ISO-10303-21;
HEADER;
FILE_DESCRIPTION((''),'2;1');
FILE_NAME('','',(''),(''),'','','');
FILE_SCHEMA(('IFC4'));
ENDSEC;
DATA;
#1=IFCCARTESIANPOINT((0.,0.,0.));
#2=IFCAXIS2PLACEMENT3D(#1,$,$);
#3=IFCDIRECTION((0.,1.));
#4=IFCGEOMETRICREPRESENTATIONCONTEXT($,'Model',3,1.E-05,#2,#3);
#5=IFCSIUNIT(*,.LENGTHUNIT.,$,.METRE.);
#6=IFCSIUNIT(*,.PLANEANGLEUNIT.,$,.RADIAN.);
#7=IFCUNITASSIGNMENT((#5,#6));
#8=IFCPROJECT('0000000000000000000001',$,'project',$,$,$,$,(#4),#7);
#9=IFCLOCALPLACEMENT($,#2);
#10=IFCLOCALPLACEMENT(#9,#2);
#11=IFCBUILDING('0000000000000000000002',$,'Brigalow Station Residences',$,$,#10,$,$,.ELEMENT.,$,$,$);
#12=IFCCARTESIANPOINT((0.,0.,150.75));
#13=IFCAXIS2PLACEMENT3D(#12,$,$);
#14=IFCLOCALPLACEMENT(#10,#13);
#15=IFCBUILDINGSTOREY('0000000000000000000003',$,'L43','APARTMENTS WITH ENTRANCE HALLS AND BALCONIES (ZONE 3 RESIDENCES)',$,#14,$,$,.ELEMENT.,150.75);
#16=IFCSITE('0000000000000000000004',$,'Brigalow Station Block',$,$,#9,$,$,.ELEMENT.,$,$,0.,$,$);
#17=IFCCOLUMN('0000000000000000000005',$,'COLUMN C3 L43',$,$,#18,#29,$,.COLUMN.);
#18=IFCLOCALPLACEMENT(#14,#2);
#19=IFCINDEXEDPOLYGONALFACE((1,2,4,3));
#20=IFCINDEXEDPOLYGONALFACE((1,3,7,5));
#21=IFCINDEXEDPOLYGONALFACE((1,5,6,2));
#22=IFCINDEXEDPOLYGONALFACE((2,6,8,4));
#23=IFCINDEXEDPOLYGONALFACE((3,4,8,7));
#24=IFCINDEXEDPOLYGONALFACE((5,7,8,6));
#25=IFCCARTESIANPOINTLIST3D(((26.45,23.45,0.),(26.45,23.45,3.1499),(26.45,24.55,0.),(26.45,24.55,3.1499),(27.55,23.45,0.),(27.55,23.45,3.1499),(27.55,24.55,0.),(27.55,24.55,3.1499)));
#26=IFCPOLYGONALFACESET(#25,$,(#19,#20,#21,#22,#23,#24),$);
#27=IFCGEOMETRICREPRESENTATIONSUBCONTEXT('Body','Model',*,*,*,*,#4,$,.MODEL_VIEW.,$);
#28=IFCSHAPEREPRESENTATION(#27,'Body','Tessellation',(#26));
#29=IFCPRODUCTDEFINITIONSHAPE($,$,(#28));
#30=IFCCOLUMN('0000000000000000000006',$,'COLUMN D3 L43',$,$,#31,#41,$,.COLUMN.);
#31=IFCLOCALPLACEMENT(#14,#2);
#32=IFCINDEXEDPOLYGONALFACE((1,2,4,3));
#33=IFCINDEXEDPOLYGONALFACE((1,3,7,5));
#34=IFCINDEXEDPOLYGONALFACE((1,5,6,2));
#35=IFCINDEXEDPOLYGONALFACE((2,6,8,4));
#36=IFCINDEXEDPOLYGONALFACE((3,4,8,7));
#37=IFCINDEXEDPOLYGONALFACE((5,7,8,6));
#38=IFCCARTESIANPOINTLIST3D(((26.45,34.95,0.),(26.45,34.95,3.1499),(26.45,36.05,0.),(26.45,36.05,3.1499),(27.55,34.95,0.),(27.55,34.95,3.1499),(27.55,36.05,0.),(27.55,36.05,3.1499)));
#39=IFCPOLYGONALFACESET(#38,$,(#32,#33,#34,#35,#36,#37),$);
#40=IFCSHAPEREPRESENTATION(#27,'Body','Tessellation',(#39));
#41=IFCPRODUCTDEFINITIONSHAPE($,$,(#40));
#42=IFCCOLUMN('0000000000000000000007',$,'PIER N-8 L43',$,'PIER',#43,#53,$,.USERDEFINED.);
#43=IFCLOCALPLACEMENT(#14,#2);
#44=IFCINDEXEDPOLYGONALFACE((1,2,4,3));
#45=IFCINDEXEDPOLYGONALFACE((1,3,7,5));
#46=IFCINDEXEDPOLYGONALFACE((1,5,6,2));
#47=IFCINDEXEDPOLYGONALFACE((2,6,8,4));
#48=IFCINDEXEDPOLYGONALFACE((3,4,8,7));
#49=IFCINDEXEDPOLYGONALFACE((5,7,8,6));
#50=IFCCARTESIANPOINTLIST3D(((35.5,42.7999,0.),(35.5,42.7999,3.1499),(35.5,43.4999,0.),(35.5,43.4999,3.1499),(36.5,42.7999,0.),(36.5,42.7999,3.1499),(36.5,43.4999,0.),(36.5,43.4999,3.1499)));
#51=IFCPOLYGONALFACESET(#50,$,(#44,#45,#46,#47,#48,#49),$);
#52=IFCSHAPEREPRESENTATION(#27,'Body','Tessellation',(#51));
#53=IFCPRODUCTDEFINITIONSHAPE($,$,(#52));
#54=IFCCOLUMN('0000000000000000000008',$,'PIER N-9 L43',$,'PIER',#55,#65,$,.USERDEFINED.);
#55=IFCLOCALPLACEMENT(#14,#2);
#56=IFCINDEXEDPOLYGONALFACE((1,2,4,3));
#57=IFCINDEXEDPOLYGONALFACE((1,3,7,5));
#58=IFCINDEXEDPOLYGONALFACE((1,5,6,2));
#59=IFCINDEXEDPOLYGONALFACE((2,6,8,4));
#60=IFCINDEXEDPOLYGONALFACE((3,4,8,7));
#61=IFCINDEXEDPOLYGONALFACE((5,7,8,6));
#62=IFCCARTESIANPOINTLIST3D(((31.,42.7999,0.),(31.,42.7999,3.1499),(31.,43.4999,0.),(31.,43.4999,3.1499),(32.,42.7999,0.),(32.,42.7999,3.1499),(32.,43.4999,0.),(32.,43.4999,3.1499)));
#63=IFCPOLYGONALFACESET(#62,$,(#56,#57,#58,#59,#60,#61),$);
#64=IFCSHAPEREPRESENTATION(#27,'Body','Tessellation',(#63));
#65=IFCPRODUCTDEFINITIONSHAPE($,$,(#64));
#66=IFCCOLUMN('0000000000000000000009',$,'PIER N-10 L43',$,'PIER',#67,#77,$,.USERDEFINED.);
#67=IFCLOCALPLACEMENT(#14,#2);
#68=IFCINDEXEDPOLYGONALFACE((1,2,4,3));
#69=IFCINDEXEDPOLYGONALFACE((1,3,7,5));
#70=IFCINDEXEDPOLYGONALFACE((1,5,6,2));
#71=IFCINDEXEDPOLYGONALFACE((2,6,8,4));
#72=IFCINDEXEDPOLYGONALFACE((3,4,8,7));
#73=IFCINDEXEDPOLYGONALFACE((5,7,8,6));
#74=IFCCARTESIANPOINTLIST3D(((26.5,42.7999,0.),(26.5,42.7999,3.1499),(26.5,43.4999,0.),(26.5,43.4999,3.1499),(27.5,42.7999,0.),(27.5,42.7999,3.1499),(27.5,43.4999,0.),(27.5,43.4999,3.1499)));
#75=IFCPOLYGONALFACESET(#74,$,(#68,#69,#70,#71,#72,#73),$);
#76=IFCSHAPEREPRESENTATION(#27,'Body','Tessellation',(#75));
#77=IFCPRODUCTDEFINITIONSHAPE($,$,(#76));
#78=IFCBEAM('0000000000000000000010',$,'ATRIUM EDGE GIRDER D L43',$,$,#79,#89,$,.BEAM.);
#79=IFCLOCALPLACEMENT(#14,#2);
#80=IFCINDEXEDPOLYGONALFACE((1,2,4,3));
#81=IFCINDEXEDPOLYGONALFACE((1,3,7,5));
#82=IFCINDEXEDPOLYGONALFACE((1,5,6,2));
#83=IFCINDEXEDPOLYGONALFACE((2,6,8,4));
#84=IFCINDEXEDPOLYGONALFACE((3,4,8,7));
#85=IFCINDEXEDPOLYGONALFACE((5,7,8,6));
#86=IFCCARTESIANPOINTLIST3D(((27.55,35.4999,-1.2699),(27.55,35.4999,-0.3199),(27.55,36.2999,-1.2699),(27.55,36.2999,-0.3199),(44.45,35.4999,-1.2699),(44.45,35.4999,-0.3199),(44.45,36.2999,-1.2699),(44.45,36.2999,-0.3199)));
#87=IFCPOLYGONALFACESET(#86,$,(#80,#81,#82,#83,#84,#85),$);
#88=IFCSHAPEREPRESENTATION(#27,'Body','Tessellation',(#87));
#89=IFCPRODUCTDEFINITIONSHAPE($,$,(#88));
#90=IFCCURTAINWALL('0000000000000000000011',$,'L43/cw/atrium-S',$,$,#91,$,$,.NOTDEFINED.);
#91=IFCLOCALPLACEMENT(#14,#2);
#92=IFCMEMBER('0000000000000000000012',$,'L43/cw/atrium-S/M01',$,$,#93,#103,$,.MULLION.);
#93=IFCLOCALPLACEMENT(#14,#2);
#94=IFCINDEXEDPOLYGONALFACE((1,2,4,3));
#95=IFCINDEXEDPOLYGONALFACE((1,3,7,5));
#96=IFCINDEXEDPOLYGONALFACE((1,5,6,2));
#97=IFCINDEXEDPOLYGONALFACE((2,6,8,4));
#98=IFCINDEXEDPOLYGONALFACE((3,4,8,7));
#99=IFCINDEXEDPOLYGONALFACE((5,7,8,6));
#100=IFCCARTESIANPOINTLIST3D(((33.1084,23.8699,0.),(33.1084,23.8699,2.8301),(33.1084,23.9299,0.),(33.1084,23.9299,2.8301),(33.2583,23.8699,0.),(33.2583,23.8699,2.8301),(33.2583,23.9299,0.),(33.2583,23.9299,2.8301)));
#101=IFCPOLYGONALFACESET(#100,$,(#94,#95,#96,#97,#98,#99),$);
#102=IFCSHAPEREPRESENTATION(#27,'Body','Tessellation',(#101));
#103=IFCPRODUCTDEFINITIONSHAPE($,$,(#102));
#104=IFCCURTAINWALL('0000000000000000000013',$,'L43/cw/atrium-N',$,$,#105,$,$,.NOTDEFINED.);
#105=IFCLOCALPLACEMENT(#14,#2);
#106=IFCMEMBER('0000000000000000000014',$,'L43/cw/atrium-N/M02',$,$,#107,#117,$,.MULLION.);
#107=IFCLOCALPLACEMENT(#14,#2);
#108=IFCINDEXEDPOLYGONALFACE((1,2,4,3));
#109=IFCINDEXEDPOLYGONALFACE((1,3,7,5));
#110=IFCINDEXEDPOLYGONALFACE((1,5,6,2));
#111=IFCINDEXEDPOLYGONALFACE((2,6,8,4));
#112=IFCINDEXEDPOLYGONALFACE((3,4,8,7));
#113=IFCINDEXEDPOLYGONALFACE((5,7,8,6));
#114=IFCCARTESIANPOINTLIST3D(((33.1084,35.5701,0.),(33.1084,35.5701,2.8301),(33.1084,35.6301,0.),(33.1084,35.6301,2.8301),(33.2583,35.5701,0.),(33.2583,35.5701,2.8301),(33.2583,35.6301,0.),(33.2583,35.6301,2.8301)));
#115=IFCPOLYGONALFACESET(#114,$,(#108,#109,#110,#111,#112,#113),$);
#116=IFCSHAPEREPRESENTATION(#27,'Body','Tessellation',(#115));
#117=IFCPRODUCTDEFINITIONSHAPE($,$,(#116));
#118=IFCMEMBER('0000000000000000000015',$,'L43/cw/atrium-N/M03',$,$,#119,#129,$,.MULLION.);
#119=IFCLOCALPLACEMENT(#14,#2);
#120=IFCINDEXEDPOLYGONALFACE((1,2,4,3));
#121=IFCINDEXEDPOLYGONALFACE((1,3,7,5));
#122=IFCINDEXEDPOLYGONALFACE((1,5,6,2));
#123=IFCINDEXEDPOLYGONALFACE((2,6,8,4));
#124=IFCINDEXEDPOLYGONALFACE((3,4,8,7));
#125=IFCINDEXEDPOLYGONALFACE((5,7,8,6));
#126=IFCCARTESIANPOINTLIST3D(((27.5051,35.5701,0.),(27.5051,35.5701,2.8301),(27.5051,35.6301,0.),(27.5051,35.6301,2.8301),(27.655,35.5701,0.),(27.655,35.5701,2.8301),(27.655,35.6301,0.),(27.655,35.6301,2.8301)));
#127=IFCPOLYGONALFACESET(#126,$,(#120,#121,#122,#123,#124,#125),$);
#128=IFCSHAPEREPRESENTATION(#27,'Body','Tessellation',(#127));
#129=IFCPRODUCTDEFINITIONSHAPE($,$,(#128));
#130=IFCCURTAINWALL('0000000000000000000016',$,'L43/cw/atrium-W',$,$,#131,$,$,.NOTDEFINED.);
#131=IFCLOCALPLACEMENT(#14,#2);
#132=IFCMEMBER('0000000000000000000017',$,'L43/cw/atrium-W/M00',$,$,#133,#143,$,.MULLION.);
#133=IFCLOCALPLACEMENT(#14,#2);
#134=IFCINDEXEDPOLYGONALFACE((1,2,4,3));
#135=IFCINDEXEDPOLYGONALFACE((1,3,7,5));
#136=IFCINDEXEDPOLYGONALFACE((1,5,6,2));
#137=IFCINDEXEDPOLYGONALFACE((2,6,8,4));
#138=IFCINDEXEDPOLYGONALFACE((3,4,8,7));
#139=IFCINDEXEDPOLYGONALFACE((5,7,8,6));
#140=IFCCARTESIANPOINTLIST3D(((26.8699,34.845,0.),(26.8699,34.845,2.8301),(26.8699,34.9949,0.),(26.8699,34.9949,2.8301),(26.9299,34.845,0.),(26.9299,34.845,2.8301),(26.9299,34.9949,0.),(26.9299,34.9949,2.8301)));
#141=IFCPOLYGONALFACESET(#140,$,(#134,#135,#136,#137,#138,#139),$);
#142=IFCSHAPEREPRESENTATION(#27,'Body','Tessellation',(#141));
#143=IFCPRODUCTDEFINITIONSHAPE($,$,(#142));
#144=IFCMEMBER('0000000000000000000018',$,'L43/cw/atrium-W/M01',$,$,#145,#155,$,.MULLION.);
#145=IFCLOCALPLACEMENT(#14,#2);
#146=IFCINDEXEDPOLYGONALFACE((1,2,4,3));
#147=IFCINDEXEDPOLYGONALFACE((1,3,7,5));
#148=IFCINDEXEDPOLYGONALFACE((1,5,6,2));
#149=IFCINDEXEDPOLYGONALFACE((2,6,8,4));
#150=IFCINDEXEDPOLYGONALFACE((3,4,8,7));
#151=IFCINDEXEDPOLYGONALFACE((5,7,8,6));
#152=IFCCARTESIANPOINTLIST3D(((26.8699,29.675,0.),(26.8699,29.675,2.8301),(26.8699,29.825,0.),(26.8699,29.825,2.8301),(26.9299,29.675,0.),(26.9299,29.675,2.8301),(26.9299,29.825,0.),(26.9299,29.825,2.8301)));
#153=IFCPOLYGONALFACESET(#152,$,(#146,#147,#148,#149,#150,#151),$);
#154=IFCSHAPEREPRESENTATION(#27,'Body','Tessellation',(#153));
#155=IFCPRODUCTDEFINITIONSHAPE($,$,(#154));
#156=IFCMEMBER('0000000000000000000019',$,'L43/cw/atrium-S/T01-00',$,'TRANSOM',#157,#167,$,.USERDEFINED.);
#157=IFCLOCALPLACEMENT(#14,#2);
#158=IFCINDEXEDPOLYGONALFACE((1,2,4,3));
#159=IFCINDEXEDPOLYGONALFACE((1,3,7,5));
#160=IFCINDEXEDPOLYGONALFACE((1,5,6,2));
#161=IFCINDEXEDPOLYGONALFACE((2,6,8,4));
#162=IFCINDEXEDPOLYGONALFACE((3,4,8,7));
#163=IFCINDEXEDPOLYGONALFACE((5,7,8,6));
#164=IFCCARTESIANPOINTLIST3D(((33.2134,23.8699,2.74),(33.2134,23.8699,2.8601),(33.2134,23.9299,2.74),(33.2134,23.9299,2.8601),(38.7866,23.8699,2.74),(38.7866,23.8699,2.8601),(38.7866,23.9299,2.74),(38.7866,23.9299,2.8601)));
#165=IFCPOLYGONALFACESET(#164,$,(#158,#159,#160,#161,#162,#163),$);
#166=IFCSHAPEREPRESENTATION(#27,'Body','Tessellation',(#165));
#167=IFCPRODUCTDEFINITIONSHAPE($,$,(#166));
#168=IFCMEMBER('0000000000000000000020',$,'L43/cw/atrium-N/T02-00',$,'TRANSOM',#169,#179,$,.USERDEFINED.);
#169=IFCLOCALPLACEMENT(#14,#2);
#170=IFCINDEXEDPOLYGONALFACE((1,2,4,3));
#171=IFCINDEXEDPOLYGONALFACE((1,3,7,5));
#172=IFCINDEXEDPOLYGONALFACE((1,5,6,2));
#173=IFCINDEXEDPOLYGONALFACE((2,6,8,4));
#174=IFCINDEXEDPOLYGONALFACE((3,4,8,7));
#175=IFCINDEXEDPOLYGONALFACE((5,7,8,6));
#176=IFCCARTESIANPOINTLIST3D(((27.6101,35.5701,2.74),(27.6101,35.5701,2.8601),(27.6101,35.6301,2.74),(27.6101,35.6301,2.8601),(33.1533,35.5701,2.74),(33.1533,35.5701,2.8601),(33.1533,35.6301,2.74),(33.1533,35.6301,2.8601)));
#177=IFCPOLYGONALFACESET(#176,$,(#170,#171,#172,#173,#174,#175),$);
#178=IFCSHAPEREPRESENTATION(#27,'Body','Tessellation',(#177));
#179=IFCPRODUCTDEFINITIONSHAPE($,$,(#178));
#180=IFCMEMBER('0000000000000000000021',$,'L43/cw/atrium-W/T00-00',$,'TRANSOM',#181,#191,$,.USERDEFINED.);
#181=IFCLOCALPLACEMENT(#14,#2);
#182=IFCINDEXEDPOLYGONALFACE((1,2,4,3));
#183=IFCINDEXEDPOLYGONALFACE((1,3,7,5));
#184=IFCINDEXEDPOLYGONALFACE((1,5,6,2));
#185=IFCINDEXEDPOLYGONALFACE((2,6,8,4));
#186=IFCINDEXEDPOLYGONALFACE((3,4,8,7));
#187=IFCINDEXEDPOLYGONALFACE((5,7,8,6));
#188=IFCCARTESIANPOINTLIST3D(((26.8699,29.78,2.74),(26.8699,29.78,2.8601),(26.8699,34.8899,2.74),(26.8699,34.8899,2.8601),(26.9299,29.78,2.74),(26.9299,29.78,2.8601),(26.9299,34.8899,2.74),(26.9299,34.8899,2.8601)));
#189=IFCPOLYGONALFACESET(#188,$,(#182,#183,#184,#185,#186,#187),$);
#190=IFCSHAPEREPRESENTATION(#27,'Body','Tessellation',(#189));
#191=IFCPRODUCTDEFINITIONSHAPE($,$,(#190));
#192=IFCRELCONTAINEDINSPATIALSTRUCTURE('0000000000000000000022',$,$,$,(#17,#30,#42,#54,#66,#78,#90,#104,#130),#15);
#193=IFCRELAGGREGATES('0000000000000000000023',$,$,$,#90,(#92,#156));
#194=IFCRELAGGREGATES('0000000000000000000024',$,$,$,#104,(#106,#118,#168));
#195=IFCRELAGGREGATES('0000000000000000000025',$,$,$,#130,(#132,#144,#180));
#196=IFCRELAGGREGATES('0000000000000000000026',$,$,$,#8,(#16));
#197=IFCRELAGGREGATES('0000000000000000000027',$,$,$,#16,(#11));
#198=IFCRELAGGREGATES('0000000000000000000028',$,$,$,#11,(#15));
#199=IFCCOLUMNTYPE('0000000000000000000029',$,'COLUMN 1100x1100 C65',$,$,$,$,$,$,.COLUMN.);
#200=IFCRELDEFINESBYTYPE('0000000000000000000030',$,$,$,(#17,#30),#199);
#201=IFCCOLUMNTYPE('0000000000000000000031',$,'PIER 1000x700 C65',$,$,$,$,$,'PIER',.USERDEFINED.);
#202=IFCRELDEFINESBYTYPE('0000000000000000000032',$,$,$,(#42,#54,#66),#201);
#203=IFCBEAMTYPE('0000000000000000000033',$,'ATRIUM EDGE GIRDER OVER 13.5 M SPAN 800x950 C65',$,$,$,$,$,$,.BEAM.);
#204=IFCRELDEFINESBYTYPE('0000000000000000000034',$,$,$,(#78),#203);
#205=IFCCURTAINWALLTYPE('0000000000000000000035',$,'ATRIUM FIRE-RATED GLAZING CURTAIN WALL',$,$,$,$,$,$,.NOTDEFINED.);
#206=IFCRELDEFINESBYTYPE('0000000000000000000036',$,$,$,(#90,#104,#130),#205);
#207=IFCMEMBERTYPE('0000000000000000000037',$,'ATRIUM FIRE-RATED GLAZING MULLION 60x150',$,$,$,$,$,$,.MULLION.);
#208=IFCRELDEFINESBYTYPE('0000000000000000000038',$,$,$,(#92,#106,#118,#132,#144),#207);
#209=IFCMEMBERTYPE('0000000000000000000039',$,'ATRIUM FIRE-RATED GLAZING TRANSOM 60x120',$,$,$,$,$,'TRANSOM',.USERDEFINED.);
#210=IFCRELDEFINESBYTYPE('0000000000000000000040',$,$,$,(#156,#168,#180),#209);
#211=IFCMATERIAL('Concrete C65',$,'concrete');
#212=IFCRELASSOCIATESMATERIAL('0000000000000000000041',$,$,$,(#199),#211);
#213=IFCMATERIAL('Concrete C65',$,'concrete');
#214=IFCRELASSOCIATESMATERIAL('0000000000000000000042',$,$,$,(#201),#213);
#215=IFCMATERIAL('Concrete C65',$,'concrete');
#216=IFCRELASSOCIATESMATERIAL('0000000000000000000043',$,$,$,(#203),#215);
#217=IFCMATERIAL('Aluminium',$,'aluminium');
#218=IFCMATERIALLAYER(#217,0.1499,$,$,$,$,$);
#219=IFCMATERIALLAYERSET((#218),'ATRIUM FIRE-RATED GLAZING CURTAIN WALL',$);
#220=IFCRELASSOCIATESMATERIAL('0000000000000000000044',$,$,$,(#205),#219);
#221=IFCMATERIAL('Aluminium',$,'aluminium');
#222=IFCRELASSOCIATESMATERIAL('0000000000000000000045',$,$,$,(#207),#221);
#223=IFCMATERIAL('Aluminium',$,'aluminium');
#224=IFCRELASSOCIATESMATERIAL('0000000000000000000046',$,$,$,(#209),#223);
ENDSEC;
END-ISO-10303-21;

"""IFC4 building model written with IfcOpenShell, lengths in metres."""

from ifc_helpers import new_model, si_unit, direction, frame, origin, origin_2d, place, context, subcontext, project, spatial, rectangle, extrude, material, layer, layer_set, material_profile, profile_set, type_object, element, aggregate, save


model = new_model("IFC4")

# Units and contexts
model_context = context("Model", 3, precision=1e-05, world=origin(), true_north=direction((0.0, 1.0)))
body_context = subcontext(model_context, "Body", "Model", "MODEL_VIEW")
ifc_project = project(units=[si_unit("LENGTHUNIT", "METRE"), si_unit("PLANEANGLEUNIT", "RADIAN")], contexts=[model_context])

# Site, building, storey
site_placement = place(None, origin())
site = spatial("IfcSite", under=ifc_project, at=site_placement, Name="Brigalow Station Block", CompositionType="ELEMENT", RefElevation=0.0)
building_placement = place(site_placement, origin())
building = spatial("IfcBuilding", under=site, at=building_placement, Name="Brigalow Station Residences", CompositionType="ELEMENT")
storey_placement = place(building_placement, frame((0.0, 0.0, 150.75)))
storey = spatial("IfcBuildingStorey", under=building, at=storey_placement, Name="L43", Description="APARTMENTS WITH ENTRANCE HALLS AND BALCONIES (ZONE 3 RESIDENCES)", CompositionType="ELEMENT", Elevation=150.75)

# Columns
ifc_material_1 = material(Name="Concrete C65", Category="concrete")
ifc_material_profile_1 = material_profile(ifc_material_1, rectangle(XDim=1.1001, YDim=1.1001, at=origin_2d()), Name="RC1100x1100")
ifc_profile_set_1 = profile_set([ifc_material_profile_1], Name="Concrete C65")
column_type_1 = type_object("IfcColumnType", Name="COLUMN 1100x1100 C65", PredefinedType="COLUMN", material=ifc_profile_set_1)
for number, where, z_axis, x_axis, name in (
    (1, (27.0, 24.0, 0.0), (0.0, 0.0, 1.0), (1.0, 0.0, 0.0), "COLUMN C3 L43"),
    (2, (27.0, 35.5, 0.0), (0.0, 0.0, 1.0), (1.0, 0.0, 0.0), "COLUMN D3 L43"),
):
    element("IfcColumn", number, at=place(storey_placement, frame(where, z_axis=z_axis, x_axis=x_axis)), inside=storey, type_object=column_type_1, Name=name, PredefinedType="COLUMN", context=body_context, shape_type="SweptSolid", body=[
        extrude(rectangle(XDim=1.1001, YDim=1.1001, at=origin_2d()), origin(), (0.0, 0.0, 1.0), 3.1499),
    ])
ifc_material_2 = material(Name="Concrete C65", Category="concrete")
ifc_material_profile_2 = material_profile(ifc_material_2, rectangle(XDim=1.0, YDim=0.7, at=origin_2d()), Name="RC1000x700")
ifc_profile_set_2 = profile_set([ifc_material_profile_2], Name="Concrete C65")
column_type_2 = type_object("IfcColumnType", Name="PIER 1000x700 C65", ElementType="PIER", PredefinedType="USERDEFINED", material=ifc_profile_set_2)
for number, where, z_axis, x_axis, name in (
    (3, (36.0, 43.1499, 0.0), (0.0, 0.0, 1.0), (-1.0, 0.0, 0.0), "PIER N-8 L43"),
    (4, (31.5, 43.1499, 0.0), (0.0, 0.0, 1.0), (-1.0, 0.0, 0.0), "PIER N-9 L43"),
    (5, (27.0, 43.1499, 0.0), (0.0, 0.0, 1.0), (-1.0, 0.0, 0.0), "PIER N-10 L43"),
):
    element("IfcColumn", number, at=place(storey_placement, frame(where, z_axis=z_axis, x_axis=x_axis)), inside=storey, type_object=column_type_2, Name=name, ObjectType="PIER", PredefinedType="USERDEFINED", context=body_context, shape_type="SweptSolid", body=[
        extrude(rectangle(XDim=1.0, YDim=0.7, at=origin_2d()), origin(), (0.0, 0.0, 1.0), 3.1499),
    ])

# Beam
ifc_material_3 = material(Name="Concrete C65", Category="concrete")
ifc_material_profile_3 = material_profile(ifc_material_3, rectangle(XDim=0.8, YDim=0.95, at=origin_2d()), Name="RC800x950")
ifc_profile_set_3 = profile_set([ifc_material_profile_3], Name="Concrete C65")
beam_type = type_object("IfcBeamType", Name="ATRIUM EDGE GIRDER OVER 13.5 M SPAN 800x950 C65", PredefinedType="BEAM", material=ifc_profile_set_3)
beam_placement = place(storey_placement, frame((27.55, 35.8999, -0.7949), z_axis=(1.0, 0.0, 0.0), x_axis=(0.0, 1.0, 0.0)))
element("IfcBeam", 6, at=beam_placement, inside=storey, type_object=beam_type, Name="ATRIUM EDGE GIRDER D L43", PredefinedType="BEAM", context=body_context, shape_type="SweptSolid", body=[
    extrude(rectangle(XDim=0.8, YDim=0.95, at=origin_2d()), origin(), (0.0, 0.0, 1.0), 16.8999),
])

# Curtain wall, member
ifc_material_4 = material(Name="Aluminium", Category="aluminium")
ifc_layer_1 = layer(ifc_material_4, 0.1499)
ifc_layer_set_1 = layer_set([ifc_layer_1], Name="ATRIUM FIRE-RATED GLAZING CURTAIN WALL")
curtain_wall_type = type_object("IfcCurtainWallType", Name="ATRIUM FIRE-RATED GLAZING CURTAIN WALL", PredefinedType="NOTDEFINED", material=ifc_layer_set_1)
curtain_wall_1_placement = place(storey_placement, origin())
curtain_wall_1 = element("IfcCurtainWall", 7, at=curtain_wall_1_placement, inside=storey, type_object=curtain_wall_type, Name="L43/cw/atrium-S", PredefinedType="NOTDEFINED")
ifc_material_5 = material(Name="Aluminium", Category="aluminium")
ifc_material_profile_4 = material_profile(ifc_material_5, rectangle(XDim=0.0601, YDim=0.1499, at=origin_2d()), Name="ATRIUM FIRE-RATED GLAZING MULLION 60x150")
ifc_profile_set_4 = profile_set([ifc_material_profile_4], Name="Aluminium")
member_type_1 = type_object("IfcMemberType", Name="ATRIUM FIRE-RATED GLAZING MULLION 60x150", PredefinedType="MULLION", material=ifc_profile_set_4)
member_1_placement = place(storey_placement, frame((33.1833, 23.8999, 0.0), z_axis=(0.0, 0.0, 1.0), x_axis=(0.0, 1.0, 0.0)))
member_1 = element("IfcMember", 8, at=member_1_placement, type_object=member_type_1, Name="L43/cw/atrium-S/M01", PredefinedType="MULLION", context=body_context, shape_type="SweptSolid", body=[
    extrude(rectangle(XDim=0.0601, YDim=0.1499, at=origin_2d()), origin(), (0.0, 0.0, 1.0), 2.8301),
])

# Curtain walls, members
curtain_wall_2_placement = place(storey_placement, origin())
curtain_wall_2 = element("IfcCurtainWall", 9, at=curtain_wall_2_placement, inside=storey, type_object=curtain_wall_type, Name="L43/cw/atrium-N", PredefinedType="NOTDEFINED")
member_2_placement = place(storey_placement, frame((33.1833, 35.6001, 0.0), z_axis=(0.0, 0.0, 1.0), x_axis=(0.0, -1.0, 0.0)))
member_2 = element("IfcMember", 10, at=member_2_placement, type_object=member_type_1, Name="L43/cw/atrium-N/M02", PredefinedType="MULLION", context=body_context, shape_type="SweptSolid", body=[
    extrude(rectangle(XDim=0.0601, YDim=0.1499, at=origin_2d()), origin(), (0.0, 0.0, 1.0), 2.8301),
])
member_3_placement = place(storey_placement, frame((27.5801, 35.6001, 0.0), z_axis=(0.0, 0.0, 1.0), x_axis=(0.0, -1.0, 0.0)))
member_3 = element("IfcMember", 11, at=member_3_placement, type_object=member_type_1, Name="L43/cw/atrium-N/M03", PredefinedType="MULLION", context=body_context, shape_type="SweptSolid", body=[
    extrude(rectangle(XDim=0.0601, YDim=0.1499, at=origin_2d()), origin(), (0.0, 0.0, 1.0), 2.8301),
])
curtain_wall_3_placement = place(storey_placement, origin())
curtain_wall_3 = element("IfcCurtainWall", 12, at=curtain_wall_3_placement, inside=storey, type_object=curtain_wall_type, Name="L43/cw/atrium-W", PredefinedType="NOTDEFINED")
member_4_placement = place(storey_placement, frame((26.8999, 34.9199, 0.0), z_axis=(0.0, 0.0, 1.0), x_axis=(1.0, 0.0, 0.0)))
member_4 = element("IfcMember", 13, at=member_4_placement, type_object=member_type_1, Name="L43/cw/atrium-W/M00", PredefinedType="MULLION", context=body_context, shape_type="SweptSolid", body=[
    extrude(rectangle(XDim=0.0601, YDim=0.1499, at=origin_2d()), origin(), (0.0, 0.0, 1.0), 2.8301),
])
member_5_placement = place(storey_placement, frame((26.8999, 29.75, 0.0), z_axis=(0.0, 0.0, 1.0), x_axis=(1.0, 0.0, 0.0)))
member_5 = element("IfcMember", 14, at=member_5_placement, type_object=member_type_1, Name="L43/cw/atrium-W/M01", PredefinedType="MULLION", context=body_context, shape_type="SweptSolid", body=[
    extrude(rectangle(XDim=0.0601, YDim=0.1499, at=origin_2d()), origin(), (0.0, 0.0, 1.0), 2.8301),
])

# Members
ifc_material_6 = material(Name="Aluminium", Category="aluminium")
ifc_material_profile_5 = material_profile(ifc_material_6, rectangle(XDim=0.0601, YDim=0.1201, at=origin_2d()), Name="ATRIUM FIRE-RATED GLAZING TRANSOM 60x120")
ifc_profile_set_5 = profile_set([ifc_material_profile_5], Name="Aluminium")
member_type_2 = type_object("IfcMemberType", Name="ATRIUM FIRE-RATED GLAZING TRANSOM 60x120", ElementType="TRANSOM", PredefinedType="USERDEFINED", material=ifc_profile_set_5)
member_6_placement = place(storey_placement, frame((33.2134, 23.8999, 2.8), z_axis=(1.0, 0.0, 0.0), x_axis=(0.0, 1.0, 0.0)))
member_6 = element("IfcMember", 15, at=member_6_placement, type_object=member_type_2, Name="L43/cw/atrium-S/T01-00", ObjectType="TRANSOM", PredefinedType="USERDEFINED", context=body_context, shape_type="SweptSolid", body=[
    extrude(rectangle(XDim=0.0601, YDim=0.1201, at=origin_2d()), origin(), (0.0, 0.0, 1.0), 5.5732),
])
member_7_placement = place(storey_placement, frame((33.1533, 35.6001, 2.8), z_axis=(-1.0, 0.0, 0.0), x_axis=(0.0, -1.0, 0.0)))
member_7 = element("IfcMember", 16, at=member_7_placement, type_object=member_type_2, Name="L43/cw/atrium-N/T02-00", ObjectType="TRANSOM", PredefinedType="USERDEFINED", context=body_context, shape_type="SweptSolid", body=[
    extrude(rectangle(XDim=0.0601, YDim=0.1201, at=origin_2d()), origin(), (0.0, 0.0, 1.0), 5.5432),
])
member_8_placement = place(storey_placement, frame((26.8999, 34.8899, 2.8), z_axis=(0.0, -1.0, 0.0), x_axis=(1.0, 0.0, 0.0)))
member_8 = element("IfcMember", 17, at=member_8_placement, type_object=member_type_2, Name="L43/cw/atrium-W/T00-00", ObjectType="TRANSOM", PredefinedType="USERDEFINED", context=body_context, shape_type="SweptSolid", body=[
    extrude(rectangle(XDim=0.0601, YDim=0.1201, at=origin_2d()), origin(), (0.0, 0.0, 1.0), 5.1099),
])

aggregate(curtain_wall_1, [member_1, member_6])
aggregate(curtain_wall_2, [member_2, member_3, member_7])
aggregate(curtain_wall_3, [member_4, member_5, member_8])

save(model, "model.ifc")
